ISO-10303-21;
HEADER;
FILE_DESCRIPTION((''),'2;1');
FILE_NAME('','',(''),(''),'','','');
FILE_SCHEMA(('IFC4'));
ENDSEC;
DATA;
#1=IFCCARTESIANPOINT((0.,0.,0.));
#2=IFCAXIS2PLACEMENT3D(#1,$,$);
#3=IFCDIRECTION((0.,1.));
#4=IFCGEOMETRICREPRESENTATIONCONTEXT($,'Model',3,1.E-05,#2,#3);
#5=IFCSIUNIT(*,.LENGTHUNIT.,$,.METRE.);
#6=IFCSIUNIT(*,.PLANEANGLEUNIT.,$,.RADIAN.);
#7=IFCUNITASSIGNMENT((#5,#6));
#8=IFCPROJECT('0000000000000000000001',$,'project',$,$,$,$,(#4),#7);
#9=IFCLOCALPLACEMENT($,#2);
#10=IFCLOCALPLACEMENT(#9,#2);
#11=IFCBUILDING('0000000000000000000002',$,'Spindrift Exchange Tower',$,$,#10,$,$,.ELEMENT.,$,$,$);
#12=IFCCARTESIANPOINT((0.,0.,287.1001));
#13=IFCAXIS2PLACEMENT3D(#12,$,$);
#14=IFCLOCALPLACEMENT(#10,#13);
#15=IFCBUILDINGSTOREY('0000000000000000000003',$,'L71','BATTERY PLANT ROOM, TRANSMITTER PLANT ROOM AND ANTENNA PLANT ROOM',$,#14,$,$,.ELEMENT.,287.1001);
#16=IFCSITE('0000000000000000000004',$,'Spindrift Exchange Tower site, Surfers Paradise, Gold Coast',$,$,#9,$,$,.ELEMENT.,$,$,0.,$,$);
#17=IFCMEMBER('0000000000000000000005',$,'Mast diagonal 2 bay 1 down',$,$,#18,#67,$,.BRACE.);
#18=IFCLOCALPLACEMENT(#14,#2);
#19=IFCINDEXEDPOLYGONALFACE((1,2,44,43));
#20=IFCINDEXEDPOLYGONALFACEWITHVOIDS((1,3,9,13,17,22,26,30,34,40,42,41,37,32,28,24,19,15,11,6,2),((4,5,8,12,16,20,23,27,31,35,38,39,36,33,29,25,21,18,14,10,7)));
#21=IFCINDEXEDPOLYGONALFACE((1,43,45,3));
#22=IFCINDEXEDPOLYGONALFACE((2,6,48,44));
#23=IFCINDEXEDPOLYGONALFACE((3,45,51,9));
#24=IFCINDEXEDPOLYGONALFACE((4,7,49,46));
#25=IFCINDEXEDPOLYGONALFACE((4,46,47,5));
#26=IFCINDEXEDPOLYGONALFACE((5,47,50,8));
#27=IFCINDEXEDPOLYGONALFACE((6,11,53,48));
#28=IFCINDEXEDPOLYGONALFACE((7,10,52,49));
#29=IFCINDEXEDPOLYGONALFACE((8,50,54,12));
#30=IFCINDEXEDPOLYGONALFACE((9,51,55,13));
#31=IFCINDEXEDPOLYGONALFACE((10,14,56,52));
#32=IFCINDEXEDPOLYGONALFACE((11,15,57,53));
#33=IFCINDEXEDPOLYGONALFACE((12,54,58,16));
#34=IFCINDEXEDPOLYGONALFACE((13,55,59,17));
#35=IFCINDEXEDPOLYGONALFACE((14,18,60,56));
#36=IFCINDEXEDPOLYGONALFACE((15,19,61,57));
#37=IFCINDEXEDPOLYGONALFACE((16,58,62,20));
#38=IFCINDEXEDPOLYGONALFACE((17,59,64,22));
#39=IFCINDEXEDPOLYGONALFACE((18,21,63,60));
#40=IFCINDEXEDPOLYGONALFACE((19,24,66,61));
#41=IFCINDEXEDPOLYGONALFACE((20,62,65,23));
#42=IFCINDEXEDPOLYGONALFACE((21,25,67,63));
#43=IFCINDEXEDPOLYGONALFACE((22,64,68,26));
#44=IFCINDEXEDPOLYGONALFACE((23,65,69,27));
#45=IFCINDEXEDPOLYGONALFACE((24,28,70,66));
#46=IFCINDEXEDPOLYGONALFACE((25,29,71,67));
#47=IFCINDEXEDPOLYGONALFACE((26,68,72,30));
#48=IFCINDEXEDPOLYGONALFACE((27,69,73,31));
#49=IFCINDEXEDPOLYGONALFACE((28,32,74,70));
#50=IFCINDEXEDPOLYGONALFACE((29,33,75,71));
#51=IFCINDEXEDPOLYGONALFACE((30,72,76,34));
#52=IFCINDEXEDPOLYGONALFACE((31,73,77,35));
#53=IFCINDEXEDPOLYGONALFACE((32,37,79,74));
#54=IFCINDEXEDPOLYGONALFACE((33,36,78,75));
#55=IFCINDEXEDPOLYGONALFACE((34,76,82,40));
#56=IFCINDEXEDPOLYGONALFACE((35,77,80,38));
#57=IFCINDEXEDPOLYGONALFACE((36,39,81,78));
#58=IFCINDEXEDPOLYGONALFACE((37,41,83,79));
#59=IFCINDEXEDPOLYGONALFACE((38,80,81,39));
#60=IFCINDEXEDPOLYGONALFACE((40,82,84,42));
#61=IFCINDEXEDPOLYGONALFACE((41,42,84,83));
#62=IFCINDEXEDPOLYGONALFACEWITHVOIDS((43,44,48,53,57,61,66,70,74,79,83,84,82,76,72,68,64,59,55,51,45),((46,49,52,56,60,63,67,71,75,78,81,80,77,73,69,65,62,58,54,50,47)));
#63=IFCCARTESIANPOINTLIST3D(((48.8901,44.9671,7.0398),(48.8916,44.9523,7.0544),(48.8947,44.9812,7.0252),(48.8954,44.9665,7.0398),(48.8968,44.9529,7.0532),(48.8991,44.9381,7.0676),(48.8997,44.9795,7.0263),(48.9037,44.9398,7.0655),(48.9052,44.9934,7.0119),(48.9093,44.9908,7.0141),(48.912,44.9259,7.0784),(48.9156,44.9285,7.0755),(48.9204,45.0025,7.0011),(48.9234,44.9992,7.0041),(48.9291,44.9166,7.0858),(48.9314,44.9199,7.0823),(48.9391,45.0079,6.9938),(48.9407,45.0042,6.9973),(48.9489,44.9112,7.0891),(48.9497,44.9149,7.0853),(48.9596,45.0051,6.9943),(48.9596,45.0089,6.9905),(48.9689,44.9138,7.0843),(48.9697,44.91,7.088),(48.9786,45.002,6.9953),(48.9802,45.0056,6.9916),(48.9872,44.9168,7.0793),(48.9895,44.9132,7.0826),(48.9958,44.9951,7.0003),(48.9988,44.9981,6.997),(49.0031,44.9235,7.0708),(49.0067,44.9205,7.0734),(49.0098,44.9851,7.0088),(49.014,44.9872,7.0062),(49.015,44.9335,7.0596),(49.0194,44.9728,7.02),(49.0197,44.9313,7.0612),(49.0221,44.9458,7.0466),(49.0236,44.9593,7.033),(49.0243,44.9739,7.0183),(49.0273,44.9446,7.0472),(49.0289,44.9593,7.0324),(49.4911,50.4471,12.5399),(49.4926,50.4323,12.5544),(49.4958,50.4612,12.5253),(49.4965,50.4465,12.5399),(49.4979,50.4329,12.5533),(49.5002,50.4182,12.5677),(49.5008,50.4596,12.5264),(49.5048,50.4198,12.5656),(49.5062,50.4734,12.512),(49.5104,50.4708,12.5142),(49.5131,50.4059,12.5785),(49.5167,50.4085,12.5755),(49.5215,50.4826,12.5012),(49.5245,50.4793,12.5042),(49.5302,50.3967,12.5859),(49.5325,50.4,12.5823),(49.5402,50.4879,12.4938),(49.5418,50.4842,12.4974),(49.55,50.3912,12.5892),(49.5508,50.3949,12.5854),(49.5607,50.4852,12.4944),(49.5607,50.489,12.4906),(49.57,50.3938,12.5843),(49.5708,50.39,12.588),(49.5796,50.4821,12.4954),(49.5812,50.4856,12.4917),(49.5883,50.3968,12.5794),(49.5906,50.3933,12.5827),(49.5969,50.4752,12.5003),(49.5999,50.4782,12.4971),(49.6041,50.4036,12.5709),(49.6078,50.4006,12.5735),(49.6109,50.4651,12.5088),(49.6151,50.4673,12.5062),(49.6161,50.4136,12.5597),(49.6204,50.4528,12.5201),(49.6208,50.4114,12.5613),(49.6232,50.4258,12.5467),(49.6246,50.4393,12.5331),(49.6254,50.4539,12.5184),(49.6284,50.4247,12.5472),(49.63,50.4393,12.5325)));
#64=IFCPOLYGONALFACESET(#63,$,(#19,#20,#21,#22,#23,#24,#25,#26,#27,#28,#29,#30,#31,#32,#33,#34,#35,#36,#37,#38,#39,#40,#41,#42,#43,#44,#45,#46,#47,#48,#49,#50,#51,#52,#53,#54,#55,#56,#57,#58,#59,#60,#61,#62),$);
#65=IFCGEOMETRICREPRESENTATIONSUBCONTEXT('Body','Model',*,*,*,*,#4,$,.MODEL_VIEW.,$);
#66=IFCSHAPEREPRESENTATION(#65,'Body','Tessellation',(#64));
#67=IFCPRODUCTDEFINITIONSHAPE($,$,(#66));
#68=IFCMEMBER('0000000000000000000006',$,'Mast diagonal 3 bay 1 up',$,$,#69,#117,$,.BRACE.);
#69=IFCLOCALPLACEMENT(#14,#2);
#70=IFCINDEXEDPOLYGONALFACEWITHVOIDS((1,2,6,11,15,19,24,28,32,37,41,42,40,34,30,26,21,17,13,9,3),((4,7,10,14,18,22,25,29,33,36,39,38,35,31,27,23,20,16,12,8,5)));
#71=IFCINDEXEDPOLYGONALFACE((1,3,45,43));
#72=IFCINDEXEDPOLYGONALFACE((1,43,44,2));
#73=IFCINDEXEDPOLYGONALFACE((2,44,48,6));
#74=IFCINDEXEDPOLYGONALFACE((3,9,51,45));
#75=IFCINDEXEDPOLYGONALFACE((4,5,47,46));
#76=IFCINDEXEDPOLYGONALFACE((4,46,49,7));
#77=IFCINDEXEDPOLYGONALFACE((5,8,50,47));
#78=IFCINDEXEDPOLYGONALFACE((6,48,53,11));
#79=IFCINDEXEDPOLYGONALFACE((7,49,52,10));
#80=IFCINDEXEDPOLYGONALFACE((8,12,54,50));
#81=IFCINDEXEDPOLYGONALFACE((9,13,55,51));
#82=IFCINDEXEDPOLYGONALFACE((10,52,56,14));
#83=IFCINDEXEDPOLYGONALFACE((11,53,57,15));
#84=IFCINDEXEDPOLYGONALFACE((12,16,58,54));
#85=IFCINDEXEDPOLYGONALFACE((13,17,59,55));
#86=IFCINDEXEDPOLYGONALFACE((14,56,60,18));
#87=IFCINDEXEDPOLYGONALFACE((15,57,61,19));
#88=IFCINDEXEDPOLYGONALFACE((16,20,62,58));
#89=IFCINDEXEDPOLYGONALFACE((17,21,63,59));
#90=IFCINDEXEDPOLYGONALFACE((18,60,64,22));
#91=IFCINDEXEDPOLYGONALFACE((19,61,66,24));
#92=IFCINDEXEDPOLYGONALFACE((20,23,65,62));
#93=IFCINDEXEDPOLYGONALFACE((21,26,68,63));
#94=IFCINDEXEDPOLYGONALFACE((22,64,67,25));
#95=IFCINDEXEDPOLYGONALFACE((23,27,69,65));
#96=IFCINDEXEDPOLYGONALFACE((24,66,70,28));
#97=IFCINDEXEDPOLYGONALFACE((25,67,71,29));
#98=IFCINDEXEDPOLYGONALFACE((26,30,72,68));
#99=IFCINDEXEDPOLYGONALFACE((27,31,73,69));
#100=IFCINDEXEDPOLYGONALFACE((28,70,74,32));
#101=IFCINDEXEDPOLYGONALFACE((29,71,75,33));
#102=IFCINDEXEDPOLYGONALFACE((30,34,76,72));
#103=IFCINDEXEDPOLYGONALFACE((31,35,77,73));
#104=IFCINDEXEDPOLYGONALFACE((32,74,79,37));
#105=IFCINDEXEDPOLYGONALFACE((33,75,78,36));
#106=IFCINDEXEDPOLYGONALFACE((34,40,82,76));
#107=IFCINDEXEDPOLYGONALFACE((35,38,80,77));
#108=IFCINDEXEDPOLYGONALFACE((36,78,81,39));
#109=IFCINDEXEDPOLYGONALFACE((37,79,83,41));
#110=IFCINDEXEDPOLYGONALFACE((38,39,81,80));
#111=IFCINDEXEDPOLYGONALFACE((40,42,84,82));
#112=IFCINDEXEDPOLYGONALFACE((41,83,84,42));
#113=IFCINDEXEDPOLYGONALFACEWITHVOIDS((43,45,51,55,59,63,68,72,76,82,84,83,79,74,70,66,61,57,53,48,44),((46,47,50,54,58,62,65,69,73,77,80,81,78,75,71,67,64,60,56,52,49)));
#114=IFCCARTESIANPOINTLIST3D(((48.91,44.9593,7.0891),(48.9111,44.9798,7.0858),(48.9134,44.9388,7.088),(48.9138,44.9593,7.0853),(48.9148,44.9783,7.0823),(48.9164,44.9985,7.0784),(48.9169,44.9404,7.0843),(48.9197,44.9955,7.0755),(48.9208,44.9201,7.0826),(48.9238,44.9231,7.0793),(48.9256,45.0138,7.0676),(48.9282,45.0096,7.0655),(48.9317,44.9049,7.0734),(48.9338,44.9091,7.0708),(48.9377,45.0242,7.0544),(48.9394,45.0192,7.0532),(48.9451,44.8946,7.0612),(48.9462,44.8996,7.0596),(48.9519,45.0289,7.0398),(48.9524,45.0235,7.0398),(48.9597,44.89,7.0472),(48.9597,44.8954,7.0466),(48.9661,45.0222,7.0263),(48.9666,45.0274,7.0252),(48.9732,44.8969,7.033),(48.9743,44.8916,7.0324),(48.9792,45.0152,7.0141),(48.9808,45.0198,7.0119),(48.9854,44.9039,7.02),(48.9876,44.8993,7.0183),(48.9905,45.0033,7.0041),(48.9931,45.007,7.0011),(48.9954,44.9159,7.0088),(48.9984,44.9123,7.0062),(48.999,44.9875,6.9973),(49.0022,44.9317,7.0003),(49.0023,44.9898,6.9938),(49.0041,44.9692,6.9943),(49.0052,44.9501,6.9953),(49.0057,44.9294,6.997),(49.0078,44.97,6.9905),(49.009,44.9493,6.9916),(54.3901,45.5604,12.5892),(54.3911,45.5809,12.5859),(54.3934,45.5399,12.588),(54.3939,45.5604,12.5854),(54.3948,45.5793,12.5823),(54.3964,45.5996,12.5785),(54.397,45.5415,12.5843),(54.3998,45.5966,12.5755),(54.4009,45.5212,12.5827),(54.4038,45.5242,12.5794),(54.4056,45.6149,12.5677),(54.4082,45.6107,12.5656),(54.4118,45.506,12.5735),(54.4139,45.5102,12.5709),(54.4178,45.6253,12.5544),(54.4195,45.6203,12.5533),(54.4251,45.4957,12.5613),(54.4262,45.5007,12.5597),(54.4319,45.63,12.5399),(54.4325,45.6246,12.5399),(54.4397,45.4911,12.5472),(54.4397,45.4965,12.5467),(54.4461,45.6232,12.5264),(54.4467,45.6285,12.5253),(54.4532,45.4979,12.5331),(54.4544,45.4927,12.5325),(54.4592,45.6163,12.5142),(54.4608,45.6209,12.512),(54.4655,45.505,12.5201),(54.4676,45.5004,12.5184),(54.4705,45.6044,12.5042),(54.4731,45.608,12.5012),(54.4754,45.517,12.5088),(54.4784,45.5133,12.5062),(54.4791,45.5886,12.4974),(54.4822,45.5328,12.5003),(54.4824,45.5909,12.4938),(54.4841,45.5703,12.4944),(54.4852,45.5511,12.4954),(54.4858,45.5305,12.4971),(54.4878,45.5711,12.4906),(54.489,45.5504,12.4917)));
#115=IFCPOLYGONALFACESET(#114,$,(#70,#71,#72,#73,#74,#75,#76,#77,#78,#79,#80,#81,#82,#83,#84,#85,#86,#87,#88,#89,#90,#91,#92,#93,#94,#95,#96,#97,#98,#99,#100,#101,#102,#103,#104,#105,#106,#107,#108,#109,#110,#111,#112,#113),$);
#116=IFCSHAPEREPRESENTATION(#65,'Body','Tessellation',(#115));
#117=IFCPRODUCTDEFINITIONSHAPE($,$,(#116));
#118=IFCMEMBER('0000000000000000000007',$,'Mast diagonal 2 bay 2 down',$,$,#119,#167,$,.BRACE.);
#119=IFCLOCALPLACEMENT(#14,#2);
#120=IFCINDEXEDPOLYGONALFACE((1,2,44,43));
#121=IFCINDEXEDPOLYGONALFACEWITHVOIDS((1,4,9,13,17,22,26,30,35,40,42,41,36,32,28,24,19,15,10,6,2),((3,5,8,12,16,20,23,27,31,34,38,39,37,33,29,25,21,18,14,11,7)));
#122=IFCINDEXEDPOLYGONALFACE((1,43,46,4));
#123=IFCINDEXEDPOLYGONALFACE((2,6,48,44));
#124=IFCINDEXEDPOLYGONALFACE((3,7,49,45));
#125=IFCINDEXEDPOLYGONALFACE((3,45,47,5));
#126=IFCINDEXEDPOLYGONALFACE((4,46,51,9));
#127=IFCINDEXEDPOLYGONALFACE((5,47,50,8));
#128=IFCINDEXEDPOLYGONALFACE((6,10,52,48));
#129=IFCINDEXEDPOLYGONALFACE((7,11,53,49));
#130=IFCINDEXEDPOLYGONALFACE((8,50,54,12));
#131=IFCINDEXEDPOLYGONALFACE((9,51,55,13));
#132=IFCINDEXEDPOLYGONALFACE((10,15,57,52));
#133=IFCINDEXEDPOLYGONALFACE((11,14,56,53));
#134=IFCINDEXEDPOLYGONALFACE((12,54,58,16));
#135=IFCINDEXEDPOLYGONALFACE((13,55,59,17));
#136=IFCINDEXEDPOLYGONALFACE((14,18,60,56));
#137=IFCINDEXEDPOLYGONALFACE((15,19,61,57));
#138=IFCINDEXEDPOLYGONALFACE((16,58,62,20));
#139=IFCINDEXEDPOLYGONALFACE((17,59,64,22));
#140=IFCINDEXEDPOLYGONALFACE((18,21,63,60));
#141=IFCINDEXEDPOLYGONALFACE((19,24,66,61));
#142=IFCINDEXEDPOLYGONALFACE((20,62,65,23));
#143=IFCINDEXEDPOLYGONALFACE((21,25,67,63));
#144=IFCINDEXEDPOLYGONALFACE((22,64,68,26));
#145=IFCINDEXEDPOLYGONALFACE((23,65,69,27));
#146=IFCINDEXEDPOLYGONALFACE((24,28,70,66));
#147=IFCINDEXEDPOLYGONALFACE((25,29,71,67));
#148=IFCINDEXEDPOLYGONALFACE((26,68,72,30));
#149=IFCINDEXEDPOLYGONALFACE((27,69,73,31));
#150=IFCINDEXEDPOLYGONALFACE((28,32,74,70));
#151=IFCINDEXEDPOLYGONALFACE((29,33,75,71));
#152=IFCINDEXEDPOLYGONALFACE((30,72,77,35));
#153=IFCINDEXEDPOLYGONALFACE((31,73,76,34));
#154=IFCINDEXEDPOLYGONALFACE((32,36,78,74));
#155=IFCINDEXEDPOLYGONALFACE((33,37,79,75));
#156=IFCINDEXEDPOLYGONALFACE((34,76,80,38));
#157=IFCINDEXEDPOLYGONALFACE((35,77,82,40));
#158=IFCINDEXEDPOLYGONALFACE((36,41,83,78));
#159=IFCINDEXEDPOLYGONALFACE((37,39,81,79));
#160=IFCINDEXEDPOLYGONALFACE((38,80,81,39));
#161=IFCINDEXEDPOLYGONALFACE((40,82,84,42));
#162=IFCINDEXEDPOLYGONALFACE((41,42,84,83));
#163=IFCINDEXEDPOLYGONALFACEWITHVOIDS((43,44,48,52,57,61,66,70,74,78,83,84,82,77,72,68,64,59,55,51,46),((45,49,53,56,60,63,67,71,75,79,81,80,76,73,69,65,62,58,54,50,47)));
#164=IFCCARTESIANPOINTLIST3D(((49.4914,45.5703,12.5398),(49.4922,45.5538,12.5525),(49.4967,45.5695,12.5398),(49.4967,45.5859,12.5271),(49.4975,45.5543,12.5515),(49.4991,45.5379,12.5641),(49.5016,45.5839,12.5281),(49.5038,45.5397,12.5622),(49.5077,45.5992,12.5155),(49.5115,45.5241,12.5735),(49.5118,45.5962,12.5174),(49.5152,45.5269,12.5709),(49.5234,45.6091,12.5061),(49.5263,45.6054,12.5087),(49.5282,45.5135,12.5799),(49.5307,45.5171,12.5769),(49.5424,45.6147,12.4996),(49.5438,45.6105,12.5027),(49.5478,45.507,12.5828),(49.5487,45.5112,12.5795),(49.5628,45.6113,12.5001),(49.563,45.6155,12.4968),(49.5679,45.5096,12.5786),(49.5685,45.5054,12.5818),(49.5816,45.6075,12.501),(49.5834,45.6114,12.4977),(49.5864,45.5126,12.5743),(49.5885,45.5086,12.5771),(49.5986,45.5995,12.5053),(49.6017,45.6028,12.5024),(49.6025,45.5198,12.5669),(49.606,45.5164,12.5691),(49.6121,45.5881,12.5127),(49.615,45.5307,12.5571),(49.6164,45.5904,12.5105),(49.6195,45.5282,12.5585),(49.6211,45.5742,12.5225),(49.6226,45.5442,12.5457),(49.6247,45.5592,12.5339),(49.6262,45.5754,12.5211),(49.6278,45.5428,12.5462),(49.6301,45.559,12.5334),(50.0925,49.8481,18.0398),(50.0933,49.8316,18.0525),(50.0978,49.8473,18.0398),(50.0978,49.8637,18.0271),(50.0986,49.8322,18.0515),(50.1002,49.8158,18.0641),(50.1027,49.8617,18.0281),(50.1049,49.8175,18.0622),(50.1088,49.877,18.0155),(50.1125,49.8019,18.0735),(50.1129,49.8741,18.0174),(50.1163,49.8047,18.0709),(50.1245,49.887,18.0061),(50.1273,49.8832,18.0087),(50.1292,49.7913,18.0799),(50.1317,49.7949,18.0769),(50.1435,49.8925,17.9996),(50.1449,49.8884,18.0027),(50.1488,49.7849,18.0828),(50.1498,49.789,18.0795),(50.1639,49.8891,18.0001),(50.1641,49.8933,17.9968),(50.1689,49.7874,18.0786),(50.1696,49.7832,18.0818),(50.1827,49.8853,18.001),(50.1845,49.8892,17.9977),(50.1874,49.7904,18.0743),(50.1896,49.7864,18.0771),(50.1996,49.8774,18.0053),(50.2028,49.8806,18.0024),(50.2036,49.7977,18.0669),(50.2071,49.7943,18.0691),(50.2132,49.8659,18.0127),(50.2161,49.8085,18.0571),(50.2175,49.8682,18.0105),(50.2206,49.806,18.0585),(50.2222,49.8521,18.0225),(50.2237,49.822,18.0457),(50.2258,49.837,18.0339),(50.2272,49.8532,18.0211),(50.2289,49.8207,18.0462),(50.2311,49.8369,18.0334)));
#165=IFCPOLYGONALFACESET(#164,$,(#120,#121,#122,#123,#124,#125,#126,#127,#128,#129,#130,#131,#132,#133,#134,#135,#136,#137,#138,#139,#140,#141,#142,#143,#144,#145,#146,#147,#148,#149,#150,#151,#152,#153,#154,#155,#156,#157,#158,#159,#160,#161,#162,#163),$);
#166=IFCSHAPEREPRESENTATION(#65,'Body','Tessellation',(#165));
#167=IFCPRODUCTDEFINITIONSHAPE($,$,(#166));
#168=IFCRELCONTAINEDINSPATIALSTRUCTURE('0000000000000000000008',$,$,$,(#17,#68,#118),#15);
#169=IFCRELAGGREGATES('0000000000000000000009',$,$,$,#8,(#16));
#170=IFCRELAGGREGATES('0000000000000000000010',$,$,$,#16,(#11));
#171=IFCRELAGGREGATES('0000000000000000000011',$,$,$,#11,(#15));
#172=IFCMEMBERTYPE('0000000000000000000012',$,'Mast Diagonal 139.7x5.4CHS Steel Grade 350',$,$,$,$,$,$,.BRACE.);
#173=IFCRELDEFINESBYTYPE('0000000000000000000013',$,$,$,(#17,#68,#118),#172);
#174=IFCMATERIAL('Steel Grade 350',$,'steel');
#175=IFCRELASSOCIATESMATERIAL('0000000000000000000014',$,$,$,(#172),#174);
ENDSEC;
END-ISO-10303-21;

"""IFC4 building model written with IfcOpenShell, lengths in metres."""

from ifc_helpers import new_model, si_unit, direction, frame, origin, origin_2d, place, context, subcontext, project, spatial, hollow_circle, extrude, source, transform, mapped, material, material_profile, profile_set, type_object, element, save


model = new_model("IFC4")

# Units and contexts
model_context = context("Model", 3, precision=1e-05, world=origin(), true_north=direction((0.0, 1.0)))
body_context = subcontext(model_context, "Body", "Model", "MODEL_VIEW")
ifc_project = project(units=[si_unit("LENGTHUNIT", "METRE"), si_unit("PLANEANGLEUNIT", "RADIAN")], contexts=[model_context])

# Site, building, storey
site_placement = place(None, origin())
site = spatial("IfcSite", under=ifc_project, at=site_placement, Name="Spindrift Exchange Tower site, Surfers Paradise, Gold Coast", CompositionType="ELEMENT", RefElevation=0.0)
building_placement = place(site_placement, origin())
building = spatial("IfcBuilding", under=site, at=building_placement, Name="Spindrift Exchange Tower", CompositionType="ELEMENT")
storey_placement = place(building_placement, frame((0.0, 0.0, 287.1001)))
storey = spatial("IfcBuildingStorey", under=building, at=storey_placement, Name="L71", Description="BATTERY PLANT ROOM, TRANSMITTER PLANT ROOM AND ANTENNA PLANT ROOM", CompositionType="ELEMENT", Elevation=287.1001)

# Members
ifc_material_1 = material(Name="Steel Grade 350", Category="steel")
ifc_material_profile_1 = material_profile(ifc_material_1, hollow_circle(Radius=0.0698, WallThickness=0.0054, at=origin_2d()), Name="139.7x5.4CHS")
ifc_profile_set_1 = profile_set([ifc_material_profile_1], Name="Steel Grade 350")
member_type_1 = type_object("IfcMemberType", Name="Mast Diagonal 139.7x5.4CHS Steel Grade 350", PredefinedType="BRACE", material=ifc_profile_set_1)
shared_shape_1 = source(origin(), body_context, "Body", "SweptSolid", [
    extrude(hollow_circle(Radius=0.0698, WallThickness=0.0054, at=origin_2d()), origin(), (0.0, 0.0, 1.0), 7.7874),
])
for number, where, z_axis, x_axis, name in (
    (1, (48.9595, 44.9595, 7.0398), (0.077187, 0.703711, 0.706281), (-0.994038, 0.109032, 0.0), "Mast diagonal 2 bay 1 down"),
    (2, (48.9595, 44.9595, 7.0398), (0.703711, 0.077187, 0.706281), (-0.109032, 0.994038, 0.0), "Mast diagonal 3 bay 1 up"),
):
    element("IfcMember", number, at=place(storey_placement, frame(where, z_axis=z_axis, x_axis=x_axis)), inside=storey, type_object=member_type_1, Name=name, PredefinedType="BRACE", context=body_context, shape_type="MappedRepresentation", body=[
        mapped(shared_shape_1, transform((0.0, 0.0, 0.0), scale=1.0)),
    ])
shared_shape_2 = source(origin(), body_context, "Body", "SweptSolid", [
    extrude(hollow_circle(Radius=0.0698, WallThickness=0.0054, at=origin_2d()), origin(), (0.0, 0.0, 1.0), 6.9937),
])
for number, where, z_axis, x_axis, name in (
    (3, (49.5605, 45.5605, 12.5398), (0.085946, 0.611674, 0.786428), (-0.990272, 0.139142, 0.0), "Mast diagonal 2 bay 2 down"),
):
    element("IfcMember", number, at=place(storey_placement, frame(where, z_axis=z_axis, x_axis=x_axis)), inside=storey, type_object=member_type_1, Name=name, PredefinedType="BRACE", context=body_context, shape_type="MappedRepresentation", body=[
        mapped(shared_shape_2, transform((0.0, 0.0, 0.0), scale=1.0)),
    ])

save(model, "model.ifc")
